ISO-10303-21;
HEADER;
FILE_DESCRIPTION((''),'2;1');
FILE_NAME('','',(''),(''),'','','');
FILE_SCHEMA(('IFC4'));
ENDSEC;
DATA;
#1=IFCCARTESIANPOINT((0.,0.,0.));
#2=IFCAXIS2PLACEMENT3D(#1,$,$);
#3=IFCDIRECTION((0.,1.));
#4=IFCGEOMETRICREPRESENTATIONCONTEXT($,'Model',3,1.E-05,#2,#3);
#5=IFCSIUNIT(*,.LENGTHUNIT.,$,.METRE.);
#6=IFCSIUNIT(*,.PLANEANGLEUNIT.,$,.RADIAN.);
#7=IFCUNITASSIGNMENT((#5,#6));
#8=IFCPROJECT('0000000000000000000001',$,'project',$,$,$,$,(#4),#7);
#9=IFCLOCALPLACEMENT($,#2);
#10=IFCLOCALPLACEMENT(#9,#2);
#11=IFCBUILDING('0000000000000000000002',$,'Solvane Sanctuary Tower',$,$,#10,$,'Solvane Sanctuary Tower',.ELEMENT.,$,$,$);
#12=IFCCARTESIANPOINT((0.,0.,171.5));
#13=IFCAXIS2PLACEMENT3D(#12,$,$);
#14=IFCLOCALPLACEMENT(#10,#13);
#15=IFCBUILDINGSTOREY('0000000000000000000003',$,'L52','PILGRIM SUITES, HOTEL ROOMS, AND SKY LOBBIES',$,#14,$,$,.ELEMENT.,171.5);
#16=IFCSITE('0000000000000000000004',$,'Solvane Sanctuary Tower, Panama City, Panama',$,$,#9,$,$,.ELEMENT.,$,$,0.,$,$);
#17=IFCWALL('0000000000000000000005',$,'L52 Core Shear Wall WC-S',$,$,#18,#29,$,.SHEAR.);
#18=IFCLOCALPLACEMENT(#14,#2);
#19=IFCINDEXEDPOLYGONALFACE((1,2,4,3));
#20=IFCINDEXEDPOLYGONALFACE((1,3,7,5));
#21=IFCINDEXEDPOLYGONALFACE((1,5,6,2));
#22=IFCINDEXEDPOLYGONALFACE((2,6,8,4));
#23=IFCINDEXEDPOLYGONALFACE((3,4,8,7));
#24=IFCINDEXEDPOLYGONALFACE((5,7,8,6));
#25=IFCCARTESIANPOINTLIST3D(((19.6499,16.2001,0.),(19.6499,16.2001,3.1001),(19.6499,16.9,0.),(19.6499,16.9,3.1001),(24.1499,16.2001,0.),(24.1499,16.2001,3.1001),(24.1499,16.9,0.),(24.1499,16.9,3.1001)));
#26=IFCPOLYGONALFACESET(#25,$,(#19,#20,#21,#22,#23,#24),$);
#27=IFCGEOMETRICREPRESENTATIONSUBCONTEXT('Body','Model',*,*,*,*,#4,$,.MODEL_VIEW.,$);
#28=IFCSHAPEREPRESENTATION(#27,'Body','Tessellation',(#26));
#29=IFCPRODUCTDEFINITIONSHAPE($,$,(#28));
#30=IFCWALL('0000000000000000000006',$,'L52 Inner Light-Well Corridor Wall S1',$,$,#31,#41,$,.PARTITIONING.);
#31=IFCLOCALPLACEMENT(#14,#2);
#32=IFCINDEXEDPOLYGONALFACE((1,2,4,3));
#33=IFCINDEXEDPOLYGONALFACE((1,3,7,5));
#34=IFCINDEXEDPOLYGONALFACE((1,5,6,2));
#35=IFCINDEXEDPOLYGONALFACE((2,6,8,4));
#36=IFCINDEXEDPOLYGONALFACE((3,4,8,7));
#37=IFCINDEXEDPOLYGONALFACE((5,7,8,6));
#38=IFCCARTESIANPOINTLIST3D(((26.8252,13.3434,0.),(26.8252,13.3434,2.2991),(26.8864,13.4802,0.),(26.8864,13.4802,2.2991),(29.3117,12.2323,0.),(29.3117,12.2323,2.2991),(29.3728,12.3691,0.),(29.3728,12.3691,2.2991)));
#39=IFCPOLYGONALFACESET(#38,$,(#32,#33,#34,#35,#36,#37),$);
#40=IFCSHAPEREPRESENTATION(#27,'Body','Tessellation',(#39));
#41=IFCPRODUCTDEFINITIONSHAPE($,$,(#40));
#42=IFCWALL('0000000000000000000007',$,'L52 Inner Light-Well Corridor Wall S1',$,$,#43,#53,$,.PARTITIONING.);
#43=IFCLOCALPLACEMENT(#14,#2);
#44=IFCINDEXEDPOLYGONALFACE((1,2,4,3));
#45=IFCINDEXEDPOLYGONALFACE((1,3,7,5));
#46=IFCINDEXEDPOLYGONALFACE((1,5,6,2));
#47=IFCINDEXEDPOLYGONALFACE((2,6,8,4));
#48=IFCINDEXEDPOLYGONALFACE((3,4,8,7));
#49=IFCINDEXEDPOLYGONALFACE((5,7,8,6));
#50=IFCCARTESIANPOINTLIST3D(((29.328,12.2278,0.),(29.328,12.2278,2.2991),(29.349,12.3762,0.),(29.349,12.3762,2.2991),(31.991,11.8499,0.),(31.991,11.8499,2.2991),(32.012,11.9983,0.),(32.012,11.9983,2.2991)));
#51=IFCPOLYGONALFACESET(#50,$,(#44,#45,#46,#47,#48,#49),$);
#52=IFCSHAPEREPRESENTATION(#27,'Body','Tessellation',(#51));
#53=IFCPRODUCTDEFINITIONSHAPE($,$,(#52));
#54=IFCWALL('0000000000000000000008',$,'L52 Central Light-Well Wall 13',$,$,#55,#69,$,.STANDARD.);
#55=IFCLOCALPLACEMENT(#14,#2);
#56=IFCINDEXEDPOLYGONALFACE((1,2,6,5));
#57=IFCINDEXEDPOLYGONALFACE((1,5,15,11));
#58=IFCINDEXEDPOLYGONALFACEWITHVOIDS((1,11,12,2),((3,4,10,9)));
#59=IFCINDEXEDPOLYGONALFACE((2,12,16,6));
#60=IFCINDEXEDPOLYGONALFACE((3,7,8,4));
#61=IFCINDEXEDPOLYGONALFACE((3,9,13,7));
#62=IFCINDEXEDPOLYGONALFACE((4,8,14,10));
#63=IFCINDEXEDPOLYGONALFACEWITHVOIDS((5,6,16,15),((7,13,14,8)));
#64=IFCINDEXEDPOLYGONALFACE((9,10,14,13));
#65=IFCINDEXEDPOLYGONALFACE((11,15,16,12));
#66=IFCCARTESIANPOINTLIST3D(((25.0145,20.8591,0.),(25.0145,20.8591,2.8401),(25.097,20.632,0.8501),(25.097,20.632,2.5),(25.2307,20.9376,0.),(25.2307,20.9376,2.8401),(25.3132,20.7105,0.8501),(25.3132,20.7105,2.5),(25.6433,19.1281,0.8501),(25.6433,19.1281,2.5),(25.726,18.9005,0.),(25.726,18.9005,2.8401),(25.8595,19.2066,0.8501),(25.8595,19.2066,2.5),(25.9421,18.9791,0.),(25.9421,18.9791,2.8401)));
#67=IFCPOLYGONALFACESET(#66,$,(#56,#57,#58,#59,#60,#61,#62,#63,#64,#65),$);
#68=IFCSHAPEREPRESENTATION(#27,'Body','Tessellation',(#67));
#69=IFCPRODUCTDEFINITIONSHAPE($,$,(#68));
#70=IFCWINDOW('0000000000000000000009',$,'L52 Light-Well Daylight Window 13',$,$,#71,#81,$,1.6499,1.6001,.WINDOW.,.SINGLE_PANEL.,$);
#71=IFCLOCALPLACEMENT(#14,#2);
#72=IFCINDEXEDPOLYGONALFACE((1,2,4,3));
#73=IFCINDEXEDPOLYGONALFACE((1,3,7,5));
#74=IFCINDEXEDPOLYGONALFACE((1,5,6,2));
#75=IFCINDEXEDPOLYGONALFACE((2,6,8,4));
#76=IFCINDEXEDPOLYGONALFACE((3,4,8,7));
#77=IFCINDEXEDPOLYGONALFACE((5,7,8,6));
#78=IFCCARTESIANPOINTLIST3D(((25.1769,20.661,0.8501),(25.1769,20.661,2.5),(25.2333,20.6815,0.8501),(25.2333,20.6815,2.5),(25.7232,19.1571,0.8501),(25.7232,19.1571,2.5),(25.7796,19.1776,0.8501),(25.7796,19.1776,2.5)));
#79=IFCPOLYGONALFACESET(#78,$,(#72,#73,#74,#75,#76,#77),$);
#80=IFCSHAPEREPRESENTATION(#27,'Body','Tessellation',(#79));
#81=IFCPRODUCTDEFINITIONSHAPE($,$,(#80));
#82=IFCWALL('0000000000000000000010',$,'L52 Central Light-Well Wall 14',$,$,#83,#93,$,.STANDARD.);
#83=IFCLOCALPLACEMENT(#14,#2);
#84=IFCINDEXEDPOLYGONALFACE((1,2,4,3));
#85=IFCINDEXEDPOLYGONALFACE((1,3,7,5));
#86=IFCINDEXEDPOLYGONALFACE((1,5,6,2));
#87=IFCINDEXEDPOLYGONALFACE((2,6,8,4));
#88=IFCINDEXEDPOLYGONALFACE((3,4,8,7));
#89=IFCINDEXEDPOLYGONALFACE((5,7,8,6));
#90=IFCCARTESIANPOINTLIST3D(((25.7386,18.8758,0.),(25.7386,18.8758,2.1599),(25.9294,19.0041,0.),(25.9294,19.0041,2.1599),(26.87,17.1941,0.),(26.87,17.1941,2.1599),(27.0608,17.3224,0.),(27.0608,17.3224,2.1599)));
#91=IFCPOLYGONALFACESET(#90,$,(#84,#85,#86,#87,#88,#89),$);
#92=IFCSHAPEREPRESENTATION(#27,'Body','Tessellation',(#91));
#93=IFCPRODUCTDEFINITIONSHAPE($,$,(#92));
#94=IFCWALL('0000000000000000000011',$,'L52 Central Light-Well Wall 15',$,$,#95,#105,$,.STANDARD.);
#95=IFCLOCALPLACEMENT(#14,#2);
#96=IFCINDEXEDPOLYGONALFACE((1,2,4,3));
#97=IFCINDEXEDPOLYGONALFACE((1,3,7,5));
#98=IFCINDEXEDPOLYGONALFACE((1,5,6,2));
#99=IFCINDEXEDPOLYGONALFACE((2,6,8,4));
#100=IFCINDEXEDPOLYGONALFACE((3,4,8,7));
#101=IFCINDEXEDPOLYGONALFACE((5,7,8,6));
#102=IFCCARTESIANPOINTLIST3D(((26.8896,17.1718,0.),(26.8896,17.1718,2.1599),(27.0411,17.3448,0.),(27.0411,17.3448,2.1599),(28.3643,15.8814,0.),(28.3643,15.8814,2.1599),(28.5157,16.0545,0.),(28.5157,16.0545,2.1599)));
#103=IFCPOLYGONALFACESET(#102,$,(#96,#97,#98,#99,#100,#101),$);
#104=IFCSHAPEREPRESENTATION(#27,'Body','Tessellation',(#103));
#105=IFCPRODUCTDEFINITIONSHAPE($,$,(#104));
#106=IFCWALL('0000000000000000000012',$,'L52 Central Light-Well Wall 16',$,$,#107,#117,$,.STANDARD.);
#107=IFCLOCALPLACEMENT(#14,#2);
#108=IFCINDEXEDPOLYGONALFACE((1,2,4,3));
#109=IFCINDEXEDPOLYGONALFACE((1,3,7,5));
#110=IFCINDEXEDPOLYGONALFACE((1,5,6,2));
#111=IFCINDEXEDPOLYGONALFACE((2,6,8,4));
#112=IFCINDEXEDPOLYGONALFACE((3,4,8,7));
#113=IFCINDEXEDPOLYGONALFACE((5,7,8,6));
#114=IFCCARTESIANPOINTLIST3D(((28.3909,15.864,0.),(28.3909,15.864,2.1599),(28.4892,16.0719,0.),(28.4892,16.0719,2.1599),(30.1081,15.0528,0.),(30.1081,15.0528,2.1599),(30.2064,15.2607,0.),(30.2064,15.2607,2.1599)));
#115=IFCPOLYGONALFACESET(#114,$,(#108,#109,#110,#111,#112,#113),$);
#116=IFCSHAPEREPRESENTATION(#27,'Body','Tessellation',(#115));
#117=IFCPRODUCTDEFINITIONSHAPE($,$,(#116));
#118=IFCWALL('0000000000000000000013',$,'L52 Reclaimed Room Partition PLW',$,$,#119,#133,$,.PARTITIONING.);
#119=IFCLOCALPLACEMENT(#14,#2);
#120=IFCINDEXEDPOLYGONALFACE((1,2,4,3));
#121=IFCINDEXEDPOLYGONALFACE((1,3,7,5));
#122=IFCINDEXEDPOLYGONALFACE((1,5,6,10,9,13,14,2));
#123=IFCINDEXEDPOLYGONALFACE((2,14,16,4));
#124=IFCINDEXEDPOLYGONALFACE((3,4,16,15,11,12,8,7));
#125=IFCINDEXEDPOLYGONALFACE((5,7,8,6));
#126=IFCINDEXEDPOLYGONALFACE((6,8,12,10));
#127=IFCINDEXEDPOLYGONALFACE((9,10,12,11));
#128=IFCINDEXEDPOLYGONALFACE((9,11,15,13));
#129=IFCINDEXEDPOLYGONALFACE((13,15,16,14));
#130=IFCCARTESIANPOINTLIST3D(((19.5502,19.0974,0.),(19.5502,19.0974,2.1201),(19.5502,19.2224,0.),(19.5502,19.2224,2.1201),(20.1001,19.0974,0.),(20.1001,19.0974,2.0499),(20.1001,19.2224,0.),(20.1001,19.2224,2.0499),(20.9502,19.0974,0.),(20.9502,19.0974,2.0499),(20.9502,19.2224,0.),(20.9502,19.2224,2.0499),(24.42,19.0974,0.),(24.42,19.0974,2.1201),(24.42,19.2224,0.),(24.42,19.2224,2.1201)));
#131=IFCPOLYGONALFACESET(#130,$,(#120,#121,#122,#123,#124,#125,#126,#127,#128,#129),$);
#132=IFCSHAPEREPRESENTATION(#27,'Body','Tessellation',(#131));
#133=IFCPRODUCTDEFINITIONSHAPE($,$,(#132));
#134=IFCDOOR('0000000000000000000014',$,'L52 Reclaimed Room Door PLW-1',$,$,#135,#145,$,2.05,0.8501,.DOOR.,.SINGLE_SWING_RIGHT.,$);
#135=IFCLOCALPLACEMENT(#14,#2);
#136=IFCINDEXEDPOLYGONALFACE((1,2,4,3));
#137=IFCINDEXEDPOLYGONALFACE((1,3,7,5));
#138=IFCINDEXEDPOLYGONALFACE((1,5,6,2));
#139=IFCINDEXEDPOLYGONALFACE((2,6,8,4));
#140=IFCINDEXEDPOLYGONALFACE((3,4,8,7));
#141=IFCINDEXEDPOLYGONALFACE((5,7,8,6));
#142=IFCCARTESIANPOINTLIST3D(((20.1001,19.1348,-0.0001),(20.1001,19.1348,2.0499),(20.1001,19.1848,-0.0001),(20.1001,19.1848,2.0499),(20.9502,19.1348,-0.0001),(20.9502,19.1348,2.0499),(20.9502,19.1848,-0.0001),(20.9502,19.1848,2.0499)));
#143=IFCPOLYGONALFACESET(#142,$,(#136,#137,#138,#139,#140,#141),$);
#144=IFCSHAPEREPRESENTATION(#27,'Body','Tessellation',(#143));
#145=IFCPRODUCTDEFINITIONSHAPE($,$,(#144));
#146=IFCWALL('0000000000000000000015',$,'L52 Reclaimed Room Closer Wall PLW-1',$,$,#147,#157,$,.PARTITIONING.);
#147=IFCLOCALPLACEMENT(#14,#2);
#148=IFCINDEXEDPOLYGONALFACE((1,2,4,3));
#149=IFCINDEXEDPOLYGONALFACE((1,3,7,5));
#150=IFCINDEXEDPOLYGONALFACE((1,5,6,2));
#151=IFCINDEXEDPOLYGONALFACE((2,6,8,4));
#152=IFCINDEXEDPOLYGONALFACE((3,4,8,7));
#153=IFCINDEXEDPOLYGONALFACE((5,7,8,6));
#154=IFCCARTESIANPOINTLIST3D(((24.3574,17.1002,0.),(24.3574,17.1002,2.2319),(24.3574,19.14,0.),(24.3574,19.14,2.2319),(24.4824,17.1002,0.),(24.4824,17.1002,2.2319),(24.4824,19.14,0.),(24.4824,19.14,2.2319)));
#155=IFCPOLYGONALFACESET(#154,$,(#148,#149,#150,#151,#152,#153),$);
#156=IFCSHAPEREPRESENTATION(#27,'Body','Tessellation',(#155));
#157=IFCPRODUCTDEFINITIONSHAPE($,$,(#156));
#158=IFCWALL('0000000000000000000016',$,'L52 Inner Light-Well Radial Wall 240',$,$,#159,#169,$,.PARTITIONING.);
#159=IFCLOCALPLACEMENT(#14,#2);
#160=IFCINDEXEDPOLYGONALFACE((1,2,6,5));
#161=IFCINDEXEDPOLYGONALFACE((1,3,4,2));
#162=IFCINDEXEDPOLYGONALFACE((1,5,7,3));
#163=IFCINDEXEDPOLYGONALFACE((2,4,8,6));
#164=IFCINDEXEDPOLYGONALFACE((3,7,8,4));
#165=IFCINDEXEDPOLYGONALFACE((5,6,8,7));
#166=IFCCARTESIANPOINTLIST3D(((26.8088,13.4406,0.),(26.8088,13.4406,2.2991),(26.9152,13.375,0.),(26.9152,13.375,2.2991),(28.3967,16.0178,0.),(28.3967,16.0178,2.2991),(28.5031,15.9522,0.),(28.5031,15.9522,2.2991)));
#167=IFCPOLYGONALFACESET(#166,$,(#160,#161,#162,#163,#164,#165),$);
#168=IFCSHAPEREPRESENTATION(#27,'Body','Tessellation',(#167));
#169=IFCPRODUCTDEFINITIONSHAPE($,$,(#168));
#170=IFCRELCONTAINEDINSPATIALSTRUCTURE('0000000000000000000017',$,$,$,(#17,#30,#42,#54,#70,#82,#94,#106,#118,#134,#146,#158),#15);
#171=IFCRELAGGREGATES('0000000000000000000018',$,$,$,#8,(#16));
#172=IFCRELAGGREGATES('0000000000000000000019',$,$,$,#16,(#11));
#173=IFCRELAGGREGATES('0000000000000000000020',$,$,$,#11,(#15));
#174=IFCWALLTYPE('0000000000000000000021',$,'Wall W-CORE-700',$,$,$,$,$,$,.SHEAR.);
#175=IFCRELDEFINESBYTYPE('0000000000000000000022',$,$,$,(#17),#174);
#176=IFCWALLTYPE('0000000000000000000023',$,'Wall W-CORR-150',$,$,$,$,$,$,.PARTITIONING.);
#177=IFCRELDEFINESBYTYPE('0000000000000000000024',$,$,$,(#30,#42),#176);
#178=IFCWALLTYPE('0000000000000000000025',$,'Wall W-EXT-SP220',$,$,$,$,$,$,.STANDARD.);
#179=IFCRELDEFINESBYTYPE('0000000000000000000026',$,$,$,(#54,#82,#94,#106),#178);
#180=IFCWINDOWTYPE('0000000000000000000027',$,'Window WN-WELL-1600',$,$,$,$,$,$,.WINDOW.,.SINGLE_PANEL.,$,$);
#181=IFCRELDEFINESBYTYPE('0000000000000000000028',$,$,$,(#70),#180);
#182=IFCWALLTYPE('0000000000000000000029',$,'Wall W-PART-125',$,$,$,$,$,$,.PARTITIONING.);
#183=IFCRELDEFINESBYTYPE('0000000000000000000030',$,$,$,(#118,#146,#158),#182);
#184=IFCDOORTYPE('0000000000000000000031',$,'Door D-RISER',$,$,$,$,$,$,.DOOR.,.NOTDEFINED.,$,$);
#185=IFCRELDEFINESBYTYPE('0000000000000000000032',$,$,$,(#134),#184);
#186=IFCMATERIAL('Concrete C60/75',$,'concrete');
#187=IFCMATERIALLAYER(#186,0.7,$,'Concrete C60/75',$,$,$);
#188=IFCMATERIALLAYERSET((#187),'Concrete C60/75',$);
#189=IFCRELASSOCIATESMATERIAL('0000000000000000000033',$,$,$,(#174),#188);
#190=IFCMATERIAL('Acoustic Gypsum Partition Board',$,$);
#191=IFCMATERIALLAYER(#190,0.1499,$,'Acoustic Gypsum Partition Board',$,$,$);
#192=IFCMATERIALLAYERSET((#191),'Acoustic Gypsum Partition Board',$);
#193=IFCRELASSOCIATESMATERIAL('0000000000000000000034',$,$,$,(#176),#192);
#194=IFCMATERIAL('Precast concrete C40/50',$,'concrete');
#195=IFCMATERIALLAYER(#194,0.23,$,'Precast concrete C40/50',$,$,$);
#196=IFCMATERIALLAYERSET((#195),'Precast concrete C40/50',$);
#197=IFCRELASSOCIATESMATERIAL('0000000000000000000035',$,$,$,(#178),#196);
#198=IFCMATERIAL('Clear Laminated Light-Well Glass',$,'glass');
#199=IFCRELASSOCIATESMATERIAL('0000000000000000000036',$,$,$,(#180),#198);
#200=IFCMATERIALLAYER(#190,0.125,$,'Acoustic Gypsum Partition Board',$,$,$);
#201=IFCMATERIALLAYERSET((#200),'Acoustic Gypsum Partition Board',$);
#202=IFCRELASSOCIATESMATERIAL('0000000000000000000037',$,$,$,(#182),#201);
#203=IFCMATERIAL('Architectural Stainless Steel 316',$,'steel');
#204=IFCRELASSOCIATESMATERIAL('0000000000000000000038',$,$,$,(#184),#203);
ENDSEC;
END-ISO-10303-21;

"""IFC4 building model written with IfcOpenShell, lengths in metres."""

from ifc_helpers import new_model, si_unit, direction, frame, frame_2d, origin, place, context, subcontext, project, spatial, rectangle, extrude, material, layer, layer_set, type_object, element, fill, save


model = new_model("IFC4")

# Units and contexts
model_context = context("Model", 3, precision=1e-05, world=origin(), true_north=direction((0.0, 1.0)))
body_context = subcontext(model_context, "Body", "Model", "MODEL_VIEW")
ifc_project = project(units=[si_unit("LENGTHUNIT", "METRE"), si_unit("PLANEANGLEUNIT", "RADIAN")], contexts=[model_context])

# Site, building, storey
site_placement = place(None, origin())
site = spatial("IfcSite", under=ifc_project, at=site_placement, Name="Solvane Sanctuary Tower, Panama City, Panama", CompositionType="ELEMENT", RefElevation=0.0)
building_placement = place(site_placement, origin())
building = spatial("IfcBuilding", under=site, at=building_placement, Name="Solvane Sanctuary Tower", LongName="Solvane Sanctuary Tower", CompositionType="ELEMENT")
storey_placement = place(building_placement, frame((0.0, 0.0, 171.5)))
storey = spatial("IfcBuildingStorey", under=building, at=storey_placement, Name="L52", Description="PILGRIM SUITES, HOTEL ROOMS, AND SKY LOBBIES", CompositionType="ELEMENT", Elevation=171.5)

# Walls
ifc_material_1 = material(Name="Concrete C60/75", Category="concrete")
ifc_layer_1 = layer(ifc_material_1, 0.7, Name="Concrete C60/75")
ifc_layer_set_1 = layer_set([ifc_layer_1], Name="Concrete C60/75")
wall_type_1 = type_object("IfcWallType", Name="Wall W-CORE-700", PredefinedType="SHEAR", material=ifc_layer_set_1)
wall_1_placement = place(storey_placement, frame((19.6499, 16.55, 0.0), z_axis=(0.0, 0.0, 1.0), x_axis=(1.0, 0.0, 0.0)))
element("IfcWall", 1, at=wall_1_placement, inside=storey, type_object=wall_type_1, Name="L52 Core Shear Wall WC-S", PredefinedType="SHEAR", context=body_context, shape_type="SweptSolid", body=[
    extrude(rectangle(XDim=4.5, YDim=0.7, at=frame_2d((2.25, 0.0))), origin(), (0.0, 0.0, 1.0), 3.1001),
])
ifc_material_2 = material(Name="Acoustic Gypsum Partition Board")
ifc_layer_2 = layer(ifc_material_2, 0.1499, Name="Acoustic Gypsum Partition Board")
ifc_layer_set_2 = layer_set([ifc_layer_2], Name="Acoustic Gypsum Partition Board")
wall_type_2 = type_object("IfcWallType", Name="Wall W-CORR-150", PredefinedType="PARTITIONING", material=ifc_layer_set_2)
wall_2_placement = place(storey_placement, frame((26.8557, 13.4119, 0.0), z_axis=(0.0, 0.0, 1.0), x_axis=(0.912985, -0.407993, 0.0)))
element("IfcWall", 2, at=wall_2_placement, inside=storey, type_object=wall_type_2, Name="L52 Inner Light-Well Corridor Wall S1", PredefinedType="PARTITIONING", context=body_context, shape_type="SweptSolid", body=[
    extrude(rectangle(XDim=2.7234, YDim=0.1499, at=frame_2d((1.3618, 0.0))), origin(), (0.0, 0.0, 1.0), 2.2991),
])
wall_3_placement = place(storey_placement, frame((29.3386, 12.302, 0.0), z_axis=(0.0, 0.0, 1.0), x_axis=(0.99008, -0.140506, 0.0)))
element("IfcWall", 3, at=wall_3_placement, inside=storey, type_object=wall_type_2, Name="L52 Inner Light-Well Corridor Wall S1", PredefinedType="PARTITIONING", context=body_context, shape_type="SweptSolid", body=[
    extrude(rectangle(XDim=2.6897, YDim=0.1499, at=frame_2d((1.3447, 0.0))), origin(), (0.0, 0.0, 1.0), 2.2991),
])

# Wall, opening, window
ifc_material_3 = material(Name="Precast concrete C40/50", Category="concrete")
ifc_layer_3 = layer(ifc_material_3, 0.23, Name="Precast concrete C40/50")
ifc_layer_set_3 = layer_set([ifc_layer_3], Name="Precast concrete C40/50")
wall_type_3 = type_object("IfcWallType", Name="Wall W-EXT-SP220", PredefinedType="STANDARD", material=ifc_layer_set_3)
wall_4_placement = place(storey_placement, frame((25.1226, 20.8984, 0.0), z_axis=(0.0, 0.0, 1.0), x_axis=(0.341423, -0.93991, 0.0)))
wall_4 = element("IfcWall", 4, at=wall_4_placement, inside=storey, type_object=wall_type_3, Name="L52 Central Light-Well Wall 13", PredefinedType="STANDARD", context=body_context, shape_type="SweptSolid", body=[
    extrude(rectangle(XDim=2.0837, YDim=0.23, at=frame_2d((1.042, 0.0))), origin(), (0.0, 0.0, 1.0), 2.8401),
])
opening_1_placement = place(wall_4_placement, frame((0.2417, 0.0, 0.8501)))
opening_1 = element("IfcOpeningElement", 5, at=opening_1_placement, cuts=wall_4, PredefinedType="OPENING", context=body_context, shape_type="SweptSolid", body=[
    extrude(rectangle(XDim=1.6001, YDim=1.6499, at=frame_2d((0.8, 0.825))), frame((0.0, 0.125, 0.0), z_axis=(0.0, -1.0, 0.0), x_axis=(1.0, 0.0, 0.0)), (0.0, 0.0, 1.0), 0.25),
])
ifc_material_4 = material(Name="Clear Laminated Light-Well Glass", Category="glass")
window_type = type_object("IfcWindowType", Name="Window WN-WELL-1600", PartitioningType="SINGLE_PANEL", PredefinedType="WINDOW", material=ifc_material_4)
window_placement = place(opening_1_placement, origin())
window = element("IfcWindow", 6, at=window_placement, inside=storey, type_object=window_type, Name="L52 Light-Well Daylight Window 13", OverallHeight=1.6499, OverallWidth=1.6001, PartitioningType="SINGLE_PANEL", PredefinedType="WINDOW", context=body_context, shape_type="SweptSolid", body=[
    extrude(rectangle(XDim=1.6001, YDim=1.6499, at=frame_2d((0.8, 0.825))), frame((0.0, 0.03, 0.0), z_axis=(0.0, -1.0, 0.0), x_axis=(1.0, 0.0, 0.0)), (0.0, 0.0, 1.0), 0.0601),
])
fill(opening_1, window)

# Walls
wall_5_placement = place(storey_placement, frame((25.834, 18.9399, 0.0), z_axis=(0.0, 0.0, 1.0), x_axis=(0.558198, -0.829708, 0.0)))
element("IfcWall", 7, at=wall_5_placement, inside=storey, type_object=wall_type_3, Name="L52 Central Light-Well Wall 14", PredefinedType="STANDARD", context=body_context, shape_type="SweptSolid", body=[
    extrude(rectangle(XDim=2.0269, YDim=0.23, at=frame_2d((1.0134, 0.0))), origin(), (0.0, 0.0, 1.0), 2.1599),
])
wall_6_placement = place(storey_placement, frame((26.9653, 17.2583, 0.0), z_axis=(0.0, 0.0, 1.0), x_axis=(0.752577, -0.658505, 0.0)))
element("IfcWall", 8, at=wall_6_placement, inside=storey, type_object=wall_type_3, Name="L52 Central Light-Well Wall 15", PredefinedType="STANDARD", context=body_context, shape_type="SweptSolid", body=[
    extrude(rectangle(XDim=1.9595, YDim=0.23, at=frame_2d((0.9797, 0.0))), origin(), (0.0, 0.0, 1.0), 2.1599),
])
wall_7_placement = place(storey_placement, frame((28.4399, 15.968, 0.0), z_axis=(0.0, 0.0, 1.0), x_axis=(0.90418, -0.427152, 0.0)))
element("IfcWall", 9, at=wall_7_placement, inside=storey, type_object=wall_type_3, Name="L52 Central Light-Well Wall 16", PredefinedType="STANDARD", context=body_context, shape_type="SweptSolid", body=[
    extrude(rectangle(XDim=1.8992, YDim=0.23, at=frame_2d((0.9497, 0.0))), origin(), (0.0, 0.0, 1.0), 2.1599),
])

# Wall, opening, door
ifc_layer_4 = layer(ifc_material_2, 0.125, Name="Acoustic Gypsum Partition Board")
ifc_layer_set_4 = layer_set([ifc_layer_4], Name="Acoustic Gypsum Partition Board")
wall_type_4 = type_object("IfcWallType", Name="Wall W-PART-125", PredefinedType="PARTITIONING", material=ifc_layer_set_4)
wall_8_placement = place(storey_placement, frame((19.55, 19.1599, 0.0), z_axis=(0.0, 0.0, 1.0), x_axis=(1.0, 0.0, 0.0)))
wall_8 = element("IfcWall", 10, at=wall_8_placement, inside=storey, type_object=wall_type_4, Name="L52 Reclaimed Room Partition PLW", PredefinedType="PARTITIONING", context=body_context, shape_type="SweptSolid", body=[
    extrude(rectangle(XDim=4.8699, YDim=0.125, at=frame_2d((2.4351, 0.0))), origin(), (0.0, 0.0, 1.0), 2.1201),
])
opening_2_placement = place(wall_8_placement, frame((0.55, 0.0, 0.0)))
opening_2 = element("IfcOpeningElement", 11, at=opening_2_placement, cuts=wall_8, PredefinedType="OPENING", context=body_context, shape_type="SweptSolid", body=[
    extrude(rectangle(XDim=0.8501, YDim=2.05, at=frame_2d((0.425, 1.0249))), frame((0.0, 0.0725, 0.0), z_axis=(0.0, -1.0, 0.0), x_axis=(1.0, 0.0, 0.0)), (0.0, 0.0, 1.0), 0.145),
])
ifc_material_5 = material(Name="Architectural Stainless Steel 316", Category="steel")
door_type = type_object("IfcDoorType", Name="Door D-RISER", OperationType="NOTDEFINED", PredefinedType="DOOR", material=ifc_material_5)
door_placement = place(opening_2_placement, origin())
door = element("IfcDoor", 12, at=door_placement, inside=storey, type_object=door_type, Name="L52 Reclaimed Room Door PLW-1", OperationType="SINGLE_SWING_RIGHT", OverallHeight=2.05, OverallWidth=0.8501, PredefinedType="DOOR", context=body_context, shape_type="SweptSolid", body=[
    extrude(rectangle(XDim=0.8501, YDim=2.05, at=frame_2d((0.425, 1.0249))), frame((0.0, 0.0249, 0.0), z_axis=(0.0, -1.0, 0.0), x_axis=(1.0, 0.0, 0.0)), (0.0, 0.0, 1.0), 0.05),
])
fill(opening_2, door)

# Walls
wall_9_placement = place(storey_placement, frame((24.4199, 17.1001, 0.0), z_axis=(0.0, 0.0, 1.0), x_axis=(0.0, 1.0, 0.0)))
element("IfcWall", 13, at=wall_9_placement, inside=storey, type_object=wall_type_4, Name="L52 Reclaimed Room Closer Wall PLW-1", PredefinedType="PARTITIONING", context=body_context, shape_type="SweptSolid", body=[
    extrude(rectangle(XDim=2.0398, YDim=0.125, at=frame_2d((1.02, 0.0))), origin(), (0.0, 0.0, 1.0), 2.2319),
])
wall_10_placement = place(storey_placement, frame((28.45, 15.9851, 0.0), z_axis=(0.0, 0.0, 1.0), x_axis=(-0.524565, -0.85137, 0.0)))
element("IfcWall", 14, at=wall_10_placement, inside=storey, type_object=wall_type_4, Name="L52 Inner Light-Well Radial Wall 240", PredefinedType="PARTITIONING", context=body_context, shape_type="SweptSolid", body=[
    extrude(rectangle(XDim=3.0271, YDim=0.125, at=frame_2d((1.5137, 0.0))), origin(), (0.0, 0.0, 1.0), 2.2991),
])

save(model, "model.ifc")
